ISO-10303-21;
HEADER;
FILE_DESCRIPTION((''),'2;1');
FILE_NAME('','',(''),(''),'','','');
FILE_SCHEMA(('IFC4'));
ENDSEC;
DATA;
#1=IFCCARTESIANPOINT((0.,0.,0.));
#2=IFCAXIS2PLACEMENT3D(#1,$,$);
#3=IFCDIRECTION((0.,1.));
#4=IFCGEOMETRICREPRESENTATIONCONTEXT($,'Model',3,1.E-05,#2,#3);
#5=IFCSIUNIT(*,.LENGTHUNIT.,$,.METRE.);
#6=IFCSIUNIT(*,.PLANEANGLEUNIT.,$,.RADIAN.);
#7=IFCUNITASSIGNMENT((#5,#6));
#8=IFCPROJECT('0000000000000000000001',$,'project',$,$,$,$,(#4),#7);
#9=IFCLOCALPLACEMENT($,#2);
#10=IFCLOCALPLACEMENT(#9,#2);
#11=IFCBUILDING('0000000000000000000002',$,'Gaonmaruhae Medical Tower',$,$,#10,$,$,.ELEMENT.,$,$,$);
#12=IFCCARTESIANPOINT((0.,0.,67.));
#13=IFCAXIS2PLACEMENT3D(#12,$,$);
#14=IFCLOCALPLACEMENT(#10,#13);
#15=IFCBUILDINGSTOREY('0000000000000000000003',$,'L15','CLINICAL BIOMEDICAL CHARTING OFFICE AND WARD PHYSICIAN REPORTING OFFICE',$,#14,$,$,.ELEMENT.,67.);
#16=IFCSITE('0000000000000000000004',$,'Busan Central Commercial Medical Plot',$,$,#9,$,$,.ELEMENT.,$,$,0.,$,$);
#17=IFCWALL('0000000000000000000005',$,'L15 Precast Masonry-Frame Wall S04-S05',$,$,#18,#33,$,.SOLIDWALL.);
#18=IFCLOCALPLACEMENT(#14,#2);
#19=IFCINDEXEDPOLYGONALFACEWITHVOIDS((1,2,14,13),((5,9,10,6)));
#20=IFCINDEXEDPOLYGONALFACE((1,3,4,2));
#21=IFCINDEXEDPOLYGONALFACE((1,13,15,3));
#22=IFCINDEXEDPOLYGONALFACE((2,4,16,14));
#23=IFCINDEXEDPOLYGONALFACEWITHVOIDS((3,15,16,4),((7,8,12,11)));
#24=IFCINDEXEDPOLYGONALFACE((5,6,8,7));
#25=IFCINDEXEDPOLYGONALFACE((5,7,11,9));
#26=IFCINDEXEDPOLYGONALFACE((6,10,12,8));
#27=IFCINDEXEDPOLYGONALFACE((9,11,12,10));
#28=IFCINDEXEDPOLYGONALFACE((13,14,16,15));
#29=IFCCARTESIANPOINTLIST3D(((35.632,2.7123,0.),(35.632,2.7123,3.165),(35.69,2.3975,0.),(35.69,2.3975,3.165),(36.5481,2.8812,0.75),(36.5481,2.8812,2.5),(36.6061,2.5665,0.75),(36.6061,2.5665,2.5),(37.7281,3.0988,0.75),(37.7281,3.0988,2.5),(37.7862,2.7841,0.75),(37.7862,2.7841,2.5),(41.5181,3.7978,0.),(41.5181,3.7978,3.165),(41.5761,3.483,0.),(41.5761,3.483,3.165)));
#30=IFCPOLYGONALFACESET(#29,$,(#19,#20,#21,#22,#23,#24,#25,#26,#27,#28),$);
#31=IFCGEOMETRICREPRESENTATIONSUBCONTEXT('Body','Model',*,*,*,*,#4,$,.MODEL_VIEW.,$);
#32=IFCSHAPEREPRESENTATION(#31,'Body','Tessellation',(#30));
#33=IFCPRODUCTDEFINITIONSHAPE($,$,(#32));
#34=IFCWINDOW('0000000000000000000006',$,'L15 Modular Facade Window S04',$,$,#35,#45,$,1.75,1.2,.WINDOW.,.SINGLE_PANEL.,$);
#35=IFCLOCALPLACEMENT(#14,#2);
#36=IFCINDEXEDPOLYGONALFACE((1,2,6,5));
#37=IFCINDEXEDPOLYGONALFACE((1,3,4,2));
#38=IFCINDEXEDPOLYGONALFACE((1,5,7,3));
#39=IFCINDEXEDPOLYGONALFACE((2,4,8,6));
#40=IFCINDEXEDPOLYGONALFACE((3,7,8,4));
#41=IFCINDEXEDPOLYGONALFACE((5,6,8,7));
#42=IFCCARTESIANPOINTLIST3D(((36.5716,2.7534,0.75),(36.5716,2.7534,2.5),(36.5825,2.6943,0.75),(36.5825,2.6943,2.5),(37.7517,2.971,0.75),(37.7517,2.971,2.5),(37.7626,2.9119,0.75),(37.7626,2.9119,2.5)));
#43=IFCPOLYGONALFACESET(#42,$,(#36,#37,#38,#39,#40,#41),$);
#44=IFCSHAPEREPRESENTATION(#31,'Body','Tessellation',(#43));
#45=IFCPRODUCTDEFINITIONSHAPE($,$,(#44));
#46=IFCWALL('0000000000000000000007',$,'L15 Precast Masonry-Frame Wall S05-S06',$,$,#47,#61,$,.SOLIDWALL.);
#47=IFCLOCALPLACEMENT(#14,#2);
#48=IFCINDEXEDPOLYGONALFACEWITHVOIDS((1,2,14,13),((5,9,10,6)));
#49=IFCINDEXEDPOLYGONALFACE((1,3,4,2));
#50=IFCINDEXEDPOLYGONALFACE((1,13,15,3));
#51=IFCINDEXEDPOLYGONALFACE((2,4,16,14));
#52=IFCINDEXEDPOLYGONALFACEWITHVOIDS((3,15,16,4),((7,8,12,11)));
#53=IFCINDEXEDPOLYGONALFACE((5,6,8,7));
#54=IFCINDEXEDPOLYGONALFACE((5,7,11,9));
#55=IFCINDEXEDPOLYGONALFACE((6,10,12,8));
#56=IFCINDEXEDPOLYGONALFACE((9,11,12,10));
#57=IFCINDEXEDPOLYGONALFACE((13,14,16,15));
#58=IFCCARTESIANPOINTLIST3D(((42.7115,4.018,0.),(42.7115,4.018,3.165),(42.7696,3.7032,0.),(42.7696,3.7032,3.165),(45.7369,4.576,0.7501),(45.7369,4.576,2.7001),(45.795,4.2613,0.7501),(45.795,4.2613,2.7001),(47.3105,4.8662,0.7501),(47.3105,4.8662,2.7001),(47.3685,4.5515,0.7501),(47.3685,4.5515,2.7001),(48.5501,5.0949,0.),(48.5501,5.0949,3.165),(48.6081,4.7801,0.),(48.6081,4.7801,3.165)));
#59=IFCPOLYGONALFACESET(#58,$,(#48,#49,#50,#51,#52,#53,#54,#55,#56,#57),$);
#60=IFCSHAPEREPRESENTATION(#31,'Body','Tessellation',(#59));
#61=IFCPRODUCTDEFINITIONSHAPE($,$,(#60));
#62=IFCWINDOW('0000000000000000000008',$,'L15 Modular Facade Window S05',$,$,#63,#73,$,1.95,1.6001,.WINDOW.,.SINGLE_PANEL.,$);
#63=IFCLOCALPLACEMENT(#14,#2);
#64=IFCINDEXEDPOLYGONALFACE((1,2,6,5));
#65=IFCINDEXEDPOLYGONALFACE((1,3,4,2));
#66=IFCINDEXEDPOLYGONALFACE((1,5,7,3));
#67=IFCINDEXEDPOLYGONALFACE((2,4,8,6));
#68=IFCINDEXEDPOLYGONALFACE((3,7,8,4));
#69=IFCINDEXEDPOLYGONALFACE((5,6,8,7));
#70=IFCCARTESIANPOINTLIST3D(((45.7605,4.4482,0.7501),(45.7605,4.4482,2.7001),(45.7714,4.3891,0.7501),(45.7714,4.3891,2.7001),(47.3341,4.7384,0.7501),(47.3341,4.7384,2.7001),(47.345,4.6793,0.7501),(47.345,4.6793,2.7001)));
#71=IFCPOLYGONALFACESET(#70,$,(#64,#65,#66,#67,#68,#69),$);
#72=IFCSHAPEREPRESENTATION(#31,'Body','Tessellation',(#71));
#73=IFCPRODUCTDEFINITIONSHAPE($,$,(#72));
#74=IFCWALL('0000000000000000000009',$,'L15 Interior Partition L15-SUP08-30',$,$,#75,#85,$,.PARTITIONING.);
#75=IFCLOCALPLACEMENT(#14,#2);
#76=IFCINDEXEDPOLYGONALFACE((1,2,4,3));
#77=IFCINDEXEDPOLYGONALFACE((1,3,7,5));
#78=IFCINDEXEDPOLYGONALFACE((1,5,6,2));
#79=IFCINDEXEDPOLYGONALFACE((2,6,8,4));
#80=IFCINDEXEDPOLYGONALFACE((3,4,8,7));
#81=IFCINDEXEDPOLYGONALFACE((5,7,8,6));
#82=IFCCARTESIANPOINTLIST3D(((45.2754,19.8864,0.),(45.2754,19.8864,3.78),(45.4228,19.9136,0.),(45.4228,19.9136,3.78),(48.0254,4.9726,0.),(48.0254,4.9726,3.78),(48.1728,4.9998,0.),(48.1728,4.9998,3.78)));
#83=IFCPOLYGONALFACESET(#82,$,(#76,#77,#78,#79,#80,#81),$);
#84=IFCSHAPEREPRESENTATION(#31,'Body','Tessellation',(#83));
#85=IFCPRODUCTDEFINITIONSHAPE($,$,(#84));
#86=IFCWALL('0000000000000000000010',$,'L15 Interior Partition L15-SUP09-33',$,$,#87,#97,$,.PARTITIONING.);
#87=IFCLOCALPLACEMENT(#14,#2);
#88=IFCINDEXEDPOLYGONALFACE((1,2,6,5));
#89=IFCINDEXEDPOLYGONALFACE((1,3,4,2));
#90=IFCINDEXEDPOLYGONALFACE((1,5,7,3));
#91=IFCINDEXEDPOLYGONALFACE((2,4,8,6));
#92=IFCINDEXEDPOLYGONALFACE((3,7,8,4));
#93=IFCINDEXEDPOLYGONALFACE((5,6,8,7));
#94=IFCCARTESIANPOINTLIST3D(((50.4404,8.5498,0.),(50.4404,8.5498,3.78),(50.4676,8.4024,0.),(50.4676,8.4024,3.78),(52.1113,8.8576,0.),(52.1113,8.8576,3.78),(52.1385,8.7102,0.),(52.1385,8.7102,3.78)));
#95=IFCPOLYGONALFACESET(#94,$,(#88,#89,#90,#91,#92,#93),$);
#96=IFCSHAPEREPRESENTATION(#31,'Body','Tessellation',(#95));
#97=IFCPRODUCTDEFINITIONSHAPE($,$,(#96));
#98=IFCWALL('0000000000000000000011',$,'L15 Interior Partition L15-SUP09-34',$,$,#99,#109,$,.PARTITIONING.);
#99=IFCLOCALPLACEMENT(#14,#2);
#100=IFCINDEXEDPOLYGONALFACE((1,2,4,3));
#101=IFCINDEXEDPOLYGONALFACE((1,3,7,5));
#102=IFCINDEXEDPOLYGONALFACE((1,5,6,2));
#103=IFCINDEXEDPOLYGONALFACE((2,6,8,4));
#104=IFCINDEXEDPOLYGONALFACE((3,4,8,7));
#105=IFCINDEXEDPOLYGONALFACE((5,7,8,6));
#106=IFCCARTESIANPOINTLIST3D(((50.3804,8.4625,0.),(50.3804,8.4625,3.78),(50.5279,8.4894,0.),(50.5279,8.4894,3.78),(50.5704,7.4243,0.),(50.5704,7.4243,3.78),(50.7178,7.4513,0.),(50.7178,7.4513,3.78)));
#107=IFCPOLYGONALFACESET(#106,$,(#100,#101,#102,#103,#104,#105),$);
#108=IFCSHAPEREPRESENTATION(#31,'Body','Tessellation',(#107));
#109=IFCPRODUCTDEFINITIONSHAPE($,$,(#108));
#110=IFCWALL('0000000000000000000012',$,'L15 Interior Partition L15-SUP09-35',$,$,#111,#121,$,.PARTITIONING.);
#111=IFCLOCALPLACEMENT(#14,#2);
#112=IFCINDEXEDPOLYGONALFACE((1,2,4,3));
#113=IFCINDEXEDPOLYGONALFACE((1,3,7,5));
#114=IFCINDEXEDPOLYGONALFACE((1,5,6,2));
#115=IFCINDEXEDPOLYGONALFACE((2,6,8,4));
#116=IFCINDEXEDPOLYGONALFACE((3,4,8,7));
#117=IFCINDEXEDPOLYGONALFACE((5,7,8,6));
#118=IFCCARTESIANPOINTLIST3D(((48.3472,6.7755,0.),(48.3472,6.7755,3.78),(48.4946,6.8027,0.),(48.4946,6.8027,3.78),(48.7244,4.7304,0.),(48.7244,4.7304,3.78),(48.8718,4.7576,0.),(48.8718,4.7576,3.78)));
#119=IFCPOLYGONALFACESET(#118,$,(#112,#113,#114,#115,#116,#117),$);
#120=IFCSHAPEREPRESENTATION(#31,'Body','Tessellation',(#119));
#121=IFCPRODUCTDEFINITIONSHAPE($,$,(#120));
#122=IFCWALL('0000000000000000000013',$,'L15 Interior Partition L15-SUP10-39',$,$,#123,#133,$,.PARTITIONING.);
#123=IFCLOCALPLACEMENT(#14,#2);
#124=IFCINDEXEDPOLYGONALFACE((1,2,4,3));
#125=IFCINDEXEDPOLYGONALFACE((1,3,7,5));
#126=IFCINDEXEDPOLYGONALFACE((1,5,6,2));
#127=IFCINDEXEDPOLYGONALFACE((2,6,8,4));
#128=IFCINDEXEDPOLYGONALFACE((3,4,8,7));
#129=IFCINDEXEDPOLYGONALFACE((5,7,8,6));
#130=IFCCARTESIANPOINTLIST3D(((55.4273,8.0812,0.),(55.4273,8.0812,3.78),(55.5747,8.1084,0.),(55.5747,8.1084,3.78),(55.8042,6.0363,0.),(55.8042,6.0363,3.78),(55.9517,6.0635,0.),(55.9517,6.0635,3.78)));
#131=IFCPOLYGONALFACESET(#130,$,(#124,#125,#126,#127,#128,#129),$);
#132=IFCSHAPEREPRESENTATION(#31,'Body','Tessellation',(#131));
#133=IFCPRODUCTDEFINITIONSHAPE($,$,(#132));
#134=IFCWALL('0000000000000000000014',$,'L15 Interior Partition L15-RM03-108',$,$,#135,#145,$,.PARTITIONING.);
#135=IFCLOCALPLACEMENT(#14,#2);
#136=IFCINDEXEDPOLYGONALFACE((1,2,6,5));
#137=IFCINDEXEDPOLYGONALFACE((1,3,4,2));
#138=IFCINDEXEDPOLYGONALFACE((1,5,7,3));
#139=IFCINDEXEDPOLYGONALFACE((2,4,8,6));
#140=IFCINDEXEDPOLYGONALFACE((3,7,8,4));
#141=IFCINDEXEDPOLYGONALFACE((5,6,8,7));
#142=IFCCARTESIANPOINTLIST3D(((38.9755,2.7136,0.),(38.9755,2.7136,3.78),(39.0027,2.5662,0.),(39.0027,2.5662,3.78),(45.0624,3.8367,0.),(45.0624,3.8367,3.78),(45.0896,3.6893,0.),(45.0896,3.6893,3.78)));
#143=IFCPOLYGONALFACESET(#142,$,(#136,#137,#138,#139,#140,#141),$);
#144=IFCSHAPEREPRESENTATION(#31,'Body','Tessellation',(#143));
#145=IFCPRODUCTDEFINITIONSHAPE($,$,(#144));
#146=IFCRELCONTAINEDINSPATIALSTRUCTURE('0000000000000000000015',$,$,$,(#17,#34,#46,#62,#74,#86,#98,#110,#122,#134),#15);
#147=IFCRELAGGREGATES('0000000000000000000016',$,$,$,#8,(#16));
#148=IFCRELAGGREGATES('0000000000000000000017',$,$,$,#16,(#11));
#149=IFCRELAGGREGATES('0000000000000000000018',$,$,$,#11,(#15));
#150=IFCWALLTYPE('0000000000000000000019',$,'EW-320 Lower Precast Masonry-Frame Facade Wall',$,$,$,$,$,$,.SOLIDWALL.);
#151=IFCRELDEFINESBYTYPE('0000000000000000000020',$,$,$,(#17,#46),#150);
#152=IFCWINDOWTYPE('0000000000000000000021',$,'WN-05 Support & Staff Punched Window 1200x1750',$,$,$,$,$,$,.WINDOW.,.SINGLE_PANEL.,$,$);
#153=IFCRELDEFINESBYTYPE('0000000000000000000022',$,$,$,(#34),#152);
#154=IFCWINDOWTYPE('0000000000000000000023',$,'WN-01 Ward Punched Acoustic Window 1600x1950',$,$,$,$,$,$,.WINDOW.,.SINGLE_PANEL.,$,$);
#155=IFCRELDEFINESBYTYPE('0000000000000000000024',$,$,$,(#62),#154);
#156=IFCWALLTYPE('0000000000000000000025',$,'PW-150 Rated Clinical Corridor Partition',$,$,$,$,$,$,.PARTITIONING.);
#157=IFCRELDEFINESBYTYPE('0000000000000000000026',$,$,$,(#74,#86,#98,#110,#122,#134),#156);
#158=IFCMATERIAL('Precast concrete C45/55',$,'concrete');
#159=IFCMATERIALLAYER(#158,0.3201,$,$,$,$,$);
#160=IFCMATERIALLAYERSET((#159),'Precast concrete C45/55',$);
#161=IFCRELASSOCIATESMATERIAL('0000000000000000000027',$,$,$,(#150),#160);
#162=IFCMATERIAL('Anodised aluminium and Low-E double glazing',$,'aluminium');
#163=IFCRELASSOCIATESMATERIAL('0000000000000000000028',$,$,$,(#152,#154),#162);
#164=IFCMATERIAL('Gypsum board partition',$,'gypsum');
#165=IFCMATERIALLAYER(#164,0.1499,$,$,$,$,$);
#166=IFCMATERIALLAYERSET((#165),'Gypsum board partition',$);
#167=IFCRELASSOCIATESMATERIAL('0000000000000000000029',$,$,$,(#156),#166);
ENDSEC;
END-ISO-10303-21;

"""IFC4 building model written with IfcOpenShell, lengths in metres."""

from ifc_helpers import new_model, si_unit, direction, frame, frame_2d, origin, place, context, subcontext, project, spatial, rectangle, extrude, material, layer, layer_set, type_object, element, fill, save


model = new_model("IFC4")

# Units and contexts
model_context = context("Model", 3, precision=1e-05, world=origin(), true_north=direction((0.0, 1.0)))
body_context = subcontext(model_context, "Body", "Model", "MODEL_VIEW")
ifc_project = project(units=[si_unit("LENGTHUNIT", "METRE"), si_unit("PLANEANGLEUNIT", "RADIAN")], contexts=[model_context])

# Site, building, storey
site_placement = place(None, origin())
site = spatial("IfcSite", under=ifc_project, at=site_placement, Name="Busan Central Commercial Medical Plot", CompositionType="ELEMENT", RefElevation=0.0)
building_placement = place(site_placement, origin())
building = spatial("IfcBuilding", under=site, at=building_placement, Name="Gaonmaruhae Medical Tower", CompositionType="ELEMENT")
storey_placement = place(building_placement, frame((0.0, 0.0, 67.0)))
storey = spatial("IfcBuildingStorey", under=building, at=storey_placement, Name="L15", Description="CLINICAL BIOMEDICAL CHARTING OFFICE AND WARD PHYSICIAN REPORTING OFFICE", CompositionType="ELEMENT", Elevation=67.0)

# Shared definitions
ifc_material_1 = material(Name="Precast concrete C45/55", Category="concrete")

# Walls, openings, windows
ifc_layer_1 = layer(ifc_material_1, 0.3201)
ifc_layer_set_1 = layer_set([ifc_layer_1], Name="Precast concrete C45/55")
wall_type_1 = type_object("IfcWallType", Name="EW-320 Lower Precast Masonry-Frame Facade Wall", PredefinedType="SOLIDWALL", material=ifc_layer_set_1)
wall_1_placement = place(storey_placement, frame((41.5471, 3.6404, 0.0), z_axis=(0.0, 0.0, 1.0), x_axis=(-0.983418, -0.181354, 0.0)))
wall_1 = element("IfcWall", 1, at=wall_1_placement, inside=storey, type_object=wall_type_1, Name="L15 Precast Masonry-Frame Wall S04-S05", PredefinedType="SOLIDWALL", context=body_context, shape_type="SweptSolid", body=[
    extrude(rectangle(XDim=5.9854, YDim=0.3201, at=frame_2d((2.9927, 0.0))), origin(), (0.0, 0.0, 1.0), 3.165),
])
opening_1_placement = place(wall_1_placement, frame((3.8538, 0.0, 0.75)))
opening_1 = element("IfcOpeningElement", 2, at=opening_1_placement, cuts=wall_1, PredefinedType="OPENING", context=body_context, shape_type="SweptSolid", body=[
    extrude(rectangle(XDim=1.2, YDim=1.75, at=frame_2d((0.6001, 0.875))), frame((0.0, 0.1699, 0.0), z_axis=(0.0, -1.0, 0.0), x_axis=(1.0, 0.0, 0.0)), (0.0, 0.0, 1.0), 0.3401),
])
ifc_material_2 = material(Name="Anodised aluminium and Low-E double glazing", Category="aluminium")
window_type_1 = type_object("IfcWindowType", Name="WN-05 Support & Staff Punched Window 1200x1750", PartitioningType="SINGLE_PANEL", PredefinedType="WINDOW", material=ifc_material_2)
window_1_placement = place(opening_1_placement, origin())
window_1 = element("IfcWindow", 3, at=window_1_placement, inside=storey, type_object=window_type_1, Name="L15 Modular Facade Window S04", OverallHeight=1.75, OverallWidth=1.2, PartitioningType="SINGLE_PANEL", PredefinedType="WINDOW", context=body_context, shape_type="SweptSolid", body=[
    extrude(rectangle(XDim=1.2, YDim=1.75, at=frame_2d((0.6001, 0.875))), frame((0.0, 0.03, 0.0), z_axis=(0.0, -1.0, 0.0), x_axis=(1.0, 0.0, 0.0)), (0.0, 0.0, 1.0), 0.0601),
])
fill(opening_1, window_1)
wall_2_placement = place(storey_placement, frame((48.5791, 4.9375, 0.0), z_axis=(0.0, 0.0, 1.0), x_axis=(-0.983412, -0.181385, 0.0)))
wall_2 = element("IfcWall", 4, at=wall_2_placement, inside=storey, type_object=wall_type_1, Name="L15 Precast Masonry-Frame Wall S05-S06", PredefinedType="SOLIDWALL", context=body_context, shape_type="SweptSolid", body=[
    extrude(rectangle(XDim=5.937, YDim=0.3201, at=frame_2d((2.9685, 0.0))), origin(), (0.0, 0.0, 1.0), 3.165),
])
opening_2_placement = place(wall_2_placement, frame((1.2605, 0.0, 0.75)))
opening_2 = element("IfcOpeningElement", 5, at=opening_2_placement, cuts=wall_2, PredefinedType="OPENING", context=body_context, shape_type="SweptSolid", body=[
    extrude(rectangle(XDim=1.6001, YDim=1.95, at=frame_2d((0.8, 0.9751))), frame((0.0, 0.1699, 0.0), z_axis=(0.0, -1.0, 0.0), x_axis=(1.0, 0.0, 0.0)), (0.0, 0.0, 1.0), 0.3401),
])
window_type_2 = type_object("IfcWindowType", Name="WN-01 Ward Punched Acoustic Window 1600x1950", PartitioningType="SINGLE_PANEL", PredefinedType="WINDOW", material=ifc_material_2)
window_2_placement = place(opening_2_placement, origin())
window_2 = element("IfcWindow", 6, at=window_2_placement, inside=storey, type_object=window_type_2, Name="L15 Modular Facade Window S05", OverallHeight=1.95, OverallWidth=1.6001, PartitioningType="SINGLE_PANEL", PredefinedType="WINDOW", context=body_context, shape_type="SweptSolid", body=[
    extrude(rectangle(XDim=1.6001, YDim=1.95, at=frame_2d((0.8, 0.9751))), frame((0.0, 0.03, 0.0), z_axis=(0.0, -1.0, 0.0), x_axis=(1.0, 0.0, 0.0)), (0.0, 0.0, 1.0), 0.0601),
])
fill(opening_2, window_2)

# Walls
ifc_material_3 = material(Name="Gypsum board partition", Category="gypsum")
ifc_layer_2 = layer(ifc_material_3, 0.1499)
ifc_layer_set_2 = layer_set([ifc_layer_2], Name="Gypsum board partition")
wall_type_2 = type_object("IfcWallType", Name="PW-150 Rated Clinical Corridor Partition", PredefinedType="PARTITIONING", material=ifc_layer_set_2)
wall_3_placement = place(storey_placement, frame((45.3491, 19.8999, 0.0), z_axis=(0.0, 0.0, 1.0), x_axis=(0.181336, -0.983421, 0.0)))
element("IfcWall", 7, at=wall_3_placement, inside=storey, type_object=wall_type_2, Name="L15 Interior Partition L15-SUP08-30", PredefinedType="PARTITIONING", context=body_context, shape_type="SweptSolid", body=[
    extrude(rectangle(XDim=15.1653, YDim=0.1499, at=frame_2d((7.5825, 0.0))), origin(), (0.0, 0.0, 1.0), 3.78),
])
wall_4_placement = place(storey_placement, frame((52.125, 8.7839, 0.0), z_axis=(0.0, 0.0, 1.0), x_axis=(-0.983446, -0.181199, 0.0)))
element("IfcWall", 8, at=wall_4_placement, inside=storey, type_object=wall_type_2, Name="L15 Interior Partition L15-SUP09-33", PredefinedType="PARTITIONING", context=body_context, shape_type="SweptSolid", body=[
    extrude(rectangle(XDim=1.699, YDim=0.1499, at=frame_2d((0.8496, 0.0))), origin(), (0.0, 0.0, 1.0), 3.78),
])
wall_5_placement = place(storey_placement, frame((50.4541, 8.4761, 0.0), z_axis=(0.0, 0.0, 1.0), x_axis=(0.179985, -0.983669, 0.0)))
element("IfcWall", 9, at=wall_5_placement, inside=storey, type_object=wall_type_2, Name="L15 Interior Partition L15-SUP09-34", PredefinedType="PARTITIONING", context=body_context, shape_type="SweptSolid", body=[
    extrude(rectangle(XDim=1.0554, YDim=0.1499, at=frame_2d((0.5278, 0.0))), origin(), (0.0, 0.0, 1.0), 3.78),
])
wall_6_placement = place(storey_placement, frame((48.4209, 6.7891, 0.0), z_axis=(0.0, 0.0, 1.0), x_axis=(0.181375, -0.983414, 0.0)))
element("IfcWall", 10, at=wall_6_placement, inside=storey, type_object=wall_type_2, Name="L15 Interior Partition L15-SUP09-35", PredefinedType="PARTITIONING", context=body_context, shape_type="SweptSolid", body=[
    extrude(rectangle(XDim=2.0796, YDim=0.1499, at=frame_2d((1.0398, 0.0))), origin(), (0.0, 0.0, 1.0), 3.78),
])
wall_7_placement = place(storey_placement, frame((55.8779, 6.05, 0.0), z_axis=(0.0, 0.0, 1.0), x_axis=(-0.181282, 0.983431, 0.0)))
element("IfcWall", 11, at=wall_7_placement, inside=storey, type_object=wall_type_2, Name="L15 Interior Partition L15-SUP10-39", PredefinedType="PARTITIONING", context=body_context, shape_type="SweptSolid", body=[
    extrude(rectangle(XDim=2.0793, YDim=0.1499, at=frame_2d((1.0396, 0.0))), origin(), (0.0, 0.0, 1.0), 3.78),
])
wall_8_placement = place(storey_placement, frame((45.0759, 3.7629, 0.0), z_axis=(0.0, 0.0, 1.0), x_axis=(-0.983402, -0.18144, 0.0)))
element("IfcWall", 12, at=wall_8_placement, inside=storey, type_object=wall_type_2, Name="L15 Interior Partition L15-RM03-108", PredefinedType="PARTITIONING", context=body_context, shape_type="SweptSolid", body=[
    extrude(rectangle(XDim=6.1897, YDim=0.1499, at=frame_2d((3.0947, 0.0))), origin(), (0.0, 0.0, 1.0), 3.78),
])

save(model, "model.ifc")
